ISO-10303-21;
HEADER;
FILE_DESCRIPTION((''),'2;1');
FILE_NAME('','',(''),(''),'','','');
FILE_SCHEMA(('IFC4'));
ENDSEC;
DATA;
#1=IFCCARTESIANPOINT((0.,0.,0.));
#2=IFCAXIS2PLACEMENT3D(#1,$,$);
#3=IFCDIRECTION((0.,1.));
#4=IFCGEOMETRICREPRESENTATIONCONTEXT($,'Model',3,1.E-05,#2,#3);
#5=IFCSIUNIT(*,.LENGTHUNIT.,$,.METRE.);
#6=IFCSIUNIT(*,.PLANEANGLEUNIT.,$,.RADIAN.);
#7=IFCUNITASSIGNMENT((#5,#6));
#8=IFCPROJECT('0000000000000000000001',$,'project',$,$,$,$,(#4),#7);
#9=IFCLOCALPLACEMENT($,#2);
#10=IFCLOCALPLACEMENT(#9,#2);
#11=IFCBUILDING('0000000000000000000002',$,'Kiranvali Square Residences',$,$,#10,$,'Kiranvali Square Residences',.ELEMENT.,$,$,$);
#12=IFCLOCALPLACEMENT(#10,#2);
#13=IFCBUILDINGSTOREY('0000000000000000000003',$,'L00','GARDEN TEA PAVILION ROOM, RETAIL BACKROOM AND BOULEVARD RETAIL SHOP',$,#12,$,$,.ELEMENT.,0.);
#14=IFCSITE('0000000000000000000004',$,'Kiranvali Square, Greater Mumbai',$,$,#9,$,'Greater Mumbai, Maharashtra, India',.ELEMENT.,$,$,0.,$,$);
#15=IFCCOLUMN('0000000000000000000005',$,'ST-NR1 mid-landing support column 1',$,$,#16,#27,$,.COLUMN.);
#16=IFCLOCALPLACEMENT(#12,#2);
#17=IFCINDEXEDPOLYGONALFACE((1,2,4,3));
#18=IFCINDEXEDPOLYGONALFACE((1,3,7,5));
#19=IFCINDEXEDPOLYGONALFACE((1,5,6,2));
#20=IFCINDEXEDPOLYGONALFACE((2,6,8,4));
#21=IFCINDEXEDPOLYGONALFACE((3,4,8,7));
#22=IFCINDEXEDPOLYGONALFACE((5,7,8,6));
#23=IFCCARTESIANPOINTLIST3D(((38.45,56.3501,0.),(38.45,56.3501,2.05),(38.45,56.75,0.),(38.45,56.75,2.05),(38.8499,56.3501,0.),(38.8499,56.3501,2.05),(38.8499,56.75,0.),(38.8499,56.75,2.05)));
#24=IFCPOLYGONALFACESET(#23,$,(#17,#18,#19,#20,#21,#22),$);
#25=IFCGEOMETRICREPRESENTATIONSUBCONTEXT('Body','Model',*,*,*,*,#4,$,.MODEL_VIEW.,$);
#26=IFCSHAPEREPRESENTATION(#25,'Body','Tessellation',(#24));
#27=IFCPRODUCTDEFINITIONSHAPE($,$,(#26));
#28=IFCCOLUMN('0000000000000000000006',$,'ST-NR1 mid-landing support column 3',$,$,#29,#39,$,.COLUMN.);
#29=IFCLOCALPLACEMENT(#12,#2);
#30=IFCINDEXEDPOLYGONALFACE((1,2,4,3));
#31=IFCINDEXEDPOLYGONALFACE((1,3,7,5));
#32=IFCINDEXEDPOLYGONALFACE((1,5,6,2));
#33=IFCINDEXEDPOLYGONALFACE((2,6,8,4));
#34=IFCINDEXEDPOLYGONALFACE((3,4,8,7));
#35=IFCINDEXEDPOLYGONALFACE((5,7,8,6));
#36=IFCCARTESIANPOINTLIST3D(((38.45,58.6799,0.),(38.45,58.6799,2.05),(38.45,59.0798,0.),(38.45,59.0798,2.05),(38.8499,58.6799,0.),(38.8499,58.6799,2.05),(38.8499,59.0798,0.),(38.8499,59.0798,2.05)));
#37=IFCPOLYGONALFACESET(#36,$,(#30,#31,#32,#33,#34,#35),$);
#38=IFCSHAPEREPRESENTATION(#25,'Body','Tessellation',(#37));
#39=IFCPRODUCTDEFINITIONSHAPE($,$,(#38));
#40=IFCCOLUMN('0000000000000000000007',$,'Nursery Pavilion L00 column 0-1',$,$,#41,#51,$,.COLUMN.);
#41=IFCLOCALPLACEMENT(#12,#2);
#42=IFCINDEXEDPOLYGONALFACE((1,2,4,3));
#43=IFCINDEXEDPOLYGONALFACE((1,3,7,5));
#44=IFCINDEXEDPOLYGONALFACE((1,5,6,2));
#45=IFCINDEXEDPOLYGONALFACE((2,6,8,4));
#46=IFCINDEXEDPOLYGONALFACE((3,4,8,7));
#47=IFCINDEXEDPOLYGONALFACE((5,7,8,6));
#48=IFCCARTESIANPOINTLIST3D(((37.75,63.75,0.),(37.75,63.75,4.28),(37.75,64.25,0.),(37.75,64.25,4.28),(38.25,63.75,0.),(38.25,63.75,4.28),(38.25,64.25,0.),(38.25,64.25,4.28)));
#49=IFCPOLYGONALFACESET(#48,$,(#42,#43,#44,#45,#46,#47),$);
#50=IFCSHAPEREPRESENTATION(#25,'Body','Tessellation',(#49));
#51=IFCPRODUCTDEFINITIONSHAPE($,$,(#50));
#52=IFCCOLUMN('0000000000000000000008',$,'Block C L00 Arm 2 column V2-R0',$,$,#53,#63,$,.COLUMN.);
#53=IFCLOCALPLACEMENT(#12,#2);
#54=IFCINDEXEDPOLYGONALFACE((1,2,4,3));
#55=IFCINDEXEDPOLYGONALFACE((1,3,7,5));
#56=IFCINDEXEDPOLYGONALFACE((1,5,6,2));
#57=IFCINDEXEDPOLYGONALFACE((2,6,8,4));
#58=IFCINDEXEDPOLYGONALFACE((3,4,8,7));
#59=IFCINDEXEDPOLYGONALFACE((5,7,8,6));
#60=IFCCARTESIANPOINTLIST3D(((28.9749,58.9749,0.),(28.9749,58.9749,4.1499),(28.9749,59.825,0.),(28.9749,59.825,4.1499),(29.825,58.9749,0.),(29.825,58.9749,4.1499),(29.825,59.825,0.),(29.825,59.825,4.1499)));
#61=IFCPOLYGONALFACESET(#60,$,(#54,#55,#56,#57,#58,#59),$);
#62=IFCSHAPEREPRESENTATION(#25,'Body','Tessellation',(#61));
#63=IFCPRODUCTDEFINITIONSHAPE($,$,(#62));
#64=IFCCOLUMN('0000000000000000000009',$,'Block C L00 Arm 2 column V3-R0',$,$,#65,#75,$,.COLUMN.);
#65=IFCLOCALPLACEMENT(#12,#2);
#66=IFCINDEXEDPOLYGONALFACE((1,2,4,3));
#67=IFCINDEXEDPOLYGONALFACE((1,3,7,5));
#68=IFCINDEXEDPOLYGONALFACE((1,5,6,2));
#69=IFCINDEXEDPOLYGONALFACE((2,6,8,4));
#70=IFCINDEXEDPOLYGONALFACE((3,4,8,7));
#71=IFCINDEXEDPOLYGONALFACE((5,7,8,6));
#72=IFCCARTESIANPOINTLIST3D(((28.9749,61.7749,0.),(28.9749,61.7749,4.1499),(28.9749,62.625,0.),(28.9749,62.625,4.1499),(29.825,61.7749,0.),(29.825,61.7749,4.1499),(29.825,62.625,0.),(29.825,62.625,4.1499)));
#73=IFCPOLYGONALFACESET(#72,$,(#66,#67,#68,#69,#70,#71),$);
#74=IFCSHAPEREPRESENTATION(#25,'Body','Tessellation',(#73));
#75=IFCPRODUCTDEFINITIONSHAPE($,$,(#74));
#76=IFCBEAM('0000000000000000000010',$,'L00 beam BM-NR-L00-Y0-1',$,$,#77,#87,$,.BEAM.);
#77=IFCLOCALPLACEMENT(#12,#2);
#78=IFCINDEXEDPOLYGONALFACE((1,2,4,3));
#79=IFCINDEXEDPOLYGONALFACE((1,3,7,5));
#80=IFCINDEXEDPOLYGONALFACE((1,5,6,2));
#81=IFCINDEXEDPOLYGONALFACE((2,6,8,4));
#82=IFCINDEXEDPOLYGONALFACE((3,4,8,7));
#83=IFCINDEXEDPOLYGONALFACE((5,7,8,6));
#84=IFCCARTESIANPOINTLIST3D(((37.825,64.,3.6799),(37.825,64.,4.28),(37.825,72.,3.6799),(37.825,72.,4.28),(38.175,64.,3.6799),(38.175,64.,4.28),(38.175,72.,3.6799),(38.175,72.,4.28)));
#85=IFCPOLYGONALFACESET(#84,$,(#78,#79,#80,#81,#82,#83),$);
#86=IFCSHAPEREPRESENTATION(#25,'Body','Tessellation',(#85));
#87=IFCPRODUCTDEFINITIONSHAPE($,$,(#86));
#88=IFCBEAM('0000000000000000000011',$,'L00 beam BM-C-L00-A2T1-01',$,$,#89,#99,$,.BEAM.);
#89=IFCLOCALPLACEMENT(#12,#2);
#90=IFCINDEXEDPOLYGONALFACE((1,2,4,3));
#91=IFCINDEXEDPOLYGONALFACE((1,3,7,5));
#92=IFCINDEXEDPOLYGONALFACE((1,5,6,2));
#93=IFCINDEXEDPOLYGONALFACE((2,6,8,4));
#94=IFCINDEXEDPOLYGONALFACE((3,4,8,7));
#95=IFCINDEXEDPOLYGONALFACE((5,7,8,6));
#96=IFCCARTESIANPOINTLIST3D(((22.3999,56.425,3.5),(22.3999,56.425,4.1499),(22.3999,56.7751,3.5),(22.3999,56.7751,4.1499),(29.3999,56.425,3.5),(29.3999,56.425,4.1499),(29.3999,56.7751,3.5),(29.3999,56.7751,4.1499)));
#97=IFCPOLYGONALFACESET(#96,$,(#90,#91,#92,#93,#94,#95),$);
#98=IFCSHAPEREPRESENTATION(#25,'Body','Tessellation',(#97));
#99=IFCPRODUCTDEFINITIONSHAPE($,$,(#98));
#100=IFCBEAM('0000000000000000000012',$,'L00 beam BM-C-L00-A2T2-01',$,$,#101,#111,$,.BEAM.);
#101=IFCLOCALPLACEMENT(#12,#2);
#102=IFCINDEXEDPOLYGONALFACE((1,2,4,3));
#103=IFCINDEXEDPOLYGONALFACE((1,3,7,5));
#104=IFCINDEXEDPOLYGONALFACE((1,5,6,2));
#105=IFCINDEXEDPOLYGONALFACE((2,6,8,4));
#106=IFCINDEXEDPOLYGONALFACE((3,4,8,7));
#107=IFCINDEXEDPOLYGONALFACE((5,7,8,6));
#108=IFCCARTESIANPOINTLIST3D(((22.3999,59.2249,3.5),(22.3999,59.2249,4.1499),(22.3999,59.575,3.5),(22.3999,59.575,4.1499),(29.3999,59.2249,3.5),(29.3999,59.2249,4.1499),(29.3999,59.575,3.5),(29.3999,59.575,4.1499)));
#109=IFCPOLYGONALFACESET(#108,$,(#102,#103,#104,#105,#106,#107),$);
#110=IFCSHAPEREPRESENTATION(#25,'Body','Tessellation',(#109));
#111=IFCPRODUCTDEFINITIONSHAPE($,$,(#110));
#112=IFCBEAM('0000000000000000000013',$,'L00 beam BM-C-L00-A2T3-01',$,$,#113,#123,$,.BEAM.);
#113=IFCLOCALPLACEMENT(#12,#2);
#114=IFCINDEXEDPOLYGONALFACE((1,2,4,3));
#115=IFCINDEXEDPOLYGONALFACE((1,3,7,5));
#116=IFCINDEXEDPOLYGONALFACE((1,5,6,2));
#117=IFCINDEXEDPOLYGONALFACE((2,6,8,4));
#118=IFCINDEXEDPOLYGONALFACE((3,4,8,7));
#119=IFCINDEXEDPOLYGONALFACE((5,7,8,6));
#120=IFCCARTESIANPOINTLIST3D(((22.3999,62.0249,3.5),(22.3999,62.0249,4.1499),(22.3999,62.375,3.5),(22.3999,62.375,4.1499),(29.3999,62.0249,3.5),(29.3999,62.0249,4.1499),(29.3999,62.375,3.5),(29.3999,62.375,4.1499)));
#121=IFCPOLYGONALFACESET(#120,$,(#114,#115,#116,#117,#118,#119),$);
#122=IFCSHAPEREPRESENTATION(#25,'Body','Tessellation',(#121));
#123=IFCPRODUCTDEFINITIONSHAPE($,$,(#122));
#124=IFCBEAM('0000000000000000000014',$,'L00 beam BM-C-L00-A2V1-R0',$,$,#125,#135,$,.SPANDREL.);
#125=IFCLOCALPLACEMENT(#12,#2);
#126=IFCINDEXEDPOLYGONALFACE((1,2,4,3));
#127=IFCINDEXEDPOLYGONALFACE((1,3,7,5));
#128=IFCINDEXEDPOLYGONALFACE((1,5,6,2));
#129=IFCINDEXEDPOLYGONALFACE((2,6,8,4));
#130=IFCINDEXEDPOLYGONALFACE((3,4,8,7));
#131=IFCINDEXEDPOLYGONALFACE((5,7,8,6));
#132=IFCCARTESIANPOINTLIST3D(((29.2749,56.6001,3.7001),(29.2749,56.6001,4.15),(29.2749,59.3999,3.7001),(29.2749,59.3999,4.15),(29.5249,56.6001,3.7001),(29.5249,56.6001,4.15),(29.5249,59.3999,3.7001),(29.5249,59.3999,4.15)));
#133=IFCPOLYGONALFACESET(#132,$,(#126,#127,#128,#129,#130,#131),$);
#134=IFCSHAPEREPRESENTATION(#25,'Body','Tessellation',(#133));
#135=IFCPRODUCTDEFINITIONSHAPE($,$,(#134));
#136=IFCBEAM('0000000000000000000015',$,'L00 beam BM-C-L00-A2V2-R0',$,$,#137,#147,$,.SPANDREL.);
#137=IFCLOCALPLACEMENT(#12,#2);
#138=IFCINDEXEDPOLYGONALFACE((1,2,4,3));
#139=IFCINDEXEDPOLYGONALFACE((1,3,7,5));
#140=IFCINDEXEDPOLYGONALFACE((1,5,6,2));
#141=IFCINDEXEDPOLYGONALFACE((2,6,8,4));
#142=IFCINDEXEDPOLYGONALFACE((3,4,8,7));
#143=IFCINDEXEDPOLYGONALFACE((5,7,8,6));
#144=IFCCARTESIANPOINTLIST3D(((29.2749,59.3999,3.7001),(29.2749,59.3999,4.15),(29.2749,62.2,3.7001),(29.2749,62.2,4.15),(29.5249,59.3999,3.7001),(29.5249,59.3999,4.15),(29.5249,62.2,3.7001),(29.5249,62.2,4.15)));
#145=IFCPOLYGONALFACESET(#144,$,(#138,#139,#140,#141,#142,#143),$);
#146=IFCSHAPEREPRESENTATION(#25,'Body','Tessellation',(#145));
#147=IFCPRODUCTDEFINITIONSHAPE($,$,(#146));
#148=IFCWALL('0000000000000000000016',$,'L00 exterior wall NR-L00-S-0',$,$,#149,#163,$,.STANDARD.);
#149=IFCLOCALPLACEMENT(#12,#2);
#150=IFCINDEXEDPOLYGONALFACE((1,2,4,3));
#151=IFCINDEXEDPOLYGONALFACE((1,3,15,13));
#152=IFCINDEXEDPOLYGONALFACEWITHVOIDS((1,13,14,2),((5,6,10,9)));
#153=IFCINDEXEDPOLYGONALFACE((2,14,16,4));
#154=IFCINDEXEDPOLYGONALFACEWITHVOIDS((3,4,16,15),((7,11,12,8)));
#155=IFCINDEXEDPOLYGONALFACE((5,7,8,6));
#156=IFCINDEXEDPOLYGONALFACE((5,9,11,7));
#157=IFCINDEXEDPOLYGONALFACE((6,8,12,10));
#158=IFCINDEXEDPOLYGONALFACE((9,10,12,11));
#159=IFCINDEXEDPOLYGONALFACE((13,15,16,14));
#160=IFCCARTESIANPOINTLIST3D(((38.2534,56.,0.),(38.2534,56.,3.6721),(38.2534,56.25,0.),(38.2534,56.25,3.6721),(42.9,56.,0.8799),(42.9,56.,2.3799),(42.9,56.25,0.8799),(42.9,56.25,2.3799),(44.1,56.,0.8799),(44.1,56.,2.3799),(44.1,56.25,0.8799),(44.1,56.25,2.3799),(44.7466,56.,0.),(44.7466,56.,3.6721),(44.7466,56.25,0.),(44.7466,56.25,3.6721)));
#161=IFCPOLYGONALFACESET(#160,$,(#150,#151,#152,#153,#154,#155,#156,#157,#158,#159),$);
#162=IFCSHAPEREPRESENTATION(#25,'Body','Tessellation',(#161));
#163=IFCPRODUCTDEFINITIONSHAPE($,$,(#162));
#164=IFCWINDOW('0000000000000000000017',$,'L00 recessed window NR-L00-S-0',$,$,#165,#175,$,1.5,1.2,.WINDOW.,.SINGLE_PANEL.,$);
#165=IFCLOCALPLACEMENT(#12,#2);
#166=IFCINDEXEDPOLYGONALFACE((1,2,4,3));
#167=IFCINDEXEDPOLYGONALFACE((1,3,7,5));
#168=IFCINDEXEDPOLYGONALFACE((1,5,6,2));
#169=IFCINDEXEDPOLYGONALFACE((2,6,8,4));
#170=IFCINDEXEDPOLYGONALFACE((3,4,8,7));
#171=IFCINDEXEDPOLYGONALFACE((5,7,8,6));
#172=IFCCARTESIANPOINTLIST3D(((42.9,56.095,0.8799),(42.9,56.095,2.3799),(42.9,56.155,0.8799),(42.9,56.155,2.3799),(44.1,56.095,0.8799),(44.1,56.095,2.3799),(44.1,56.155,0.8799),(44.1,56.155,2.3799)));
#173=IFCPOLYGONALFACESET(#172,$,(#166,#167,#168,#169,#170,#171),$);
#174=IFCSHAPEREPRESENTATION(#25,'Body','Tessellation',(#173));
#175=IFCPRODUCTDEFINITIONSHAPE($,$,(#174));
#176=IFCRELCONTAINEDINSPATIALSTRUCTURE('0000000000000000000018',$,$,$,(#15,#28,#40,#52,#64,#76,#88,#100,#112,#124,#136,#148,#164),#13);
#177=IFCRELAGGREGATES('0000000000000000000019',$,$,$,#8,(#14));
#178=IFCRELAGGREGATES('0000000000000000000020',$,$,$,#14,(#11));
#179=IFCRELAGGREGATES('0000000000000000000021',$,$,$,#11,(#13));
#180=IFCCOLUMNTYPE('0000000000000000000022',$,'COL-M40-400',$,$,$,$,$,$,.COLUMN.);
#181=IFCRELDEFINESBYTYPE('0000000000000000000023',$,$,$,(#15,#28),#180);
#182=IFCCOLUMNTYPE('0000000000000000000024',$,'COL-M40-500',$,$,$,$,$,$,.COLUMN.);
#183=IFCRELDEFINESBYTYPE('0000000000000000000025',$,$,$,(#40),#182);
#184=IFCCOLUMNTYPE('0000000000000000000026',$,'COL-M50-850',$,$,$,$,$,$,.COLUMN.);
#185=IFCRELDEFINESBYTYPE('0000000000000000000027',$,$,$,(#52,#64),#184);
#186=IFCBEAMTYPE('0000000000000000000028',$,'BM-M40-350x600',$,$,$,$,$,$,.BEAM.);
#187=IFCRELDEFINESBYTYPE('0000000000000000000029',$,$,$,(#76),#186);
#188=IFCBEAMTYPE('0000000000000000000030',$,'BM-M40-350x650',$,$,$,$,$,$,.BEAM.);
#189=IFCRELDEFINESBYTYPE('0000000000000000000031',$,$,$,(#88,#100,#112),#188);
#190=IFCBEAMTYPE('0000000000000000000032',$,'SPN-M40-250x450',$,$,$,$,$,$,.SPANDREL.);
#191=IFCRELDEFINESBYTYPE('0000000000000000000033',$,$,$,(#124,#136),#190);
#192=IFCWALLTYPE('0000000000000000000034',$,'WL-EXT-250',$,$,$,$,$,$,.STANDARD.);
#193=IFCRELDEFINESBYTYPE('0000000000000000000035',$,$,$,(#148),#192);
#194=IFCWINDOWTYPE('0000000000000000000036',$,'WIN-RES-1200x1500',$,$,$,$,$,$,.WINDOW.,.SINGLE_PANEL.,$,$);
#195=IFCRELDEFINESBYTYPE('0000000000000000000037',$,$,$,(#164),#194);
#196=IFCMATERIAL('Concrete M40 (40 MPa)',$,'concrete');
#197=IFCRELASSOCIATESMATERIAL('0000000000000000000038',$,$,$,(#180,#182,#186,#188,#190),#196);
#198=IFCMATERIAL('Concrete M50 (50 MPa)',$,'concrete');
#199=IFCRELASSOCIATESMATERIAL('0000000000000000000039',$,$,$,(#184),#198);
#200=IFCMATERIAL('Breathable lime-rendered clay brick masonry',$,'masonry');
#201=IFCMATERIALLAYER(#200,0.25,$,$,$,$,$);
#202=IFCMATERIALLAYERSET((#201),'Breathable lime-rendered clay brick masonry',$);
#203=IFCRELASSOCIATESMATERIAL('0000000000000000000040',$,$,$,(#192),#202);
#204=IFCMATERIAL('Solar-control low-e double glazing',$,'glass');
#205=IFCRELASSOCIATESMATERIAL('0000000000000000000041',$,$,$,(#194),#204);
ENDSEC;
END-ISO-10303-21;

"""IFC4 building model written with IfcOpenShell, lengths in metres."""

from ifc_helpers import new_model, si_unit, direction, frame, frame_2d, origin, origin_2d, place, context, subcontext, project, spatial, rectangle, extrude, material, layer, layer_set, material_profile, profile_set, type_object, element, fill, save


model = new_model("IFC4")

# Units and contexts
model_context = context("Model", 3, precision=1e-05, world=origin(), true_north=direction((0.0, 1.0)))
body_context = subcontext(model_context, "Body", "Model", "MODEL_VIEW")
ifc_project = project(units=[si_unit("LENGTHUNIT", "METRE"), si_unit("PLANEANGLEUNIT", "RADIAN")], contexts=[model_context])

# Site, building, storey
site_placement = place(None, origin())
site = spatial("IfcSite", under=ifc_project, at=site_placement, Name="Kiranvali Square, Greater Mumbai", LongName="Greater Mumbai, Maharashtra, India", CompositionType="ELEMENT", RefElevation=0.0)
building_placement = place(site_placement, origin())
building = spatial("IfcBuilding", under=site, at=building_placement, Name="Kiranvali Square Residences", LongName="Kiranvali Square Residences", CompositionType="ELEMENT")
storey_placement = place(building_placement, origin())
storey = spatial("IfcBuildingStorey", under=building, at=storey_placement, Name="L00", Description="GARDEN TEA PAVILION ROOM, RETAIL BACKROOM AND BOULEVARD RETAIL SHOP", CompositionType="ELEMENT", Elevation=0.0)

# Columns
ifc_material_1 = material(Name="Concrete M40 (40 MPa)", Category="concrete")
ifc_material_profile_1 = material_profile(ifc_material_1, rectangle(XDim=0.3999, YDim=0.3999, at=origin_2d()), Name="RC 400x400")
ifc_profile_set_1 = profile_set([ifc_material_profile_1], Name="Concrete M40 (40 MPa)")
column_type_1 = type_object("IfcColumnType", Name="COL-M40-400", PredefinedType="COLUMN", material=ifc_profile_set_1)
for number, where, z_axis, x_axis, name in (
    (1, (38.6499, 56.55, 0.0), (0.0, 0.0, 1.0), (1.0, 0.0, 0.0), "ST-NR1 mid-landing support column 1"),
    (2, (38.6499, 58.8799, 0.0), (0.0, 0.0, 1.0), (1.0, 0.0, 0.0), "ST-NR1 mid-landing support column 3"),
):
    element("IfcColumn", number, at=place(storey_placement, frame(where, z_axis=z_axis, x_axis=x_axis)), inside=storey, type_object=column_type_1, Name=name, PredefinedType="COLUMN", context=body_context, shape_type="SweptSolid", body=[
        extrude(rectangle(XDim=0.3999, YDim=0.3999, at=origin_2d()), origin(), (0.0, 0.0, 1.0), 2.05),
    ])
ifc_material_profile_2 = material_profile(ifc_material_1, rectangle(XDim=0.5, YDim=0.5, at=origin_2d()), Name="RC 500x500")
ifc_profile_set_2 = profile_set([ifc_material_profile_2], Name="Concrete M40 (40 MPa)")
column_type_2 = type_object("IfcColumnType", Name="COL-M40-500", PredefinedType="COLUMN", material=ifc_profile_set_2)
column_placement = place(storey_placement, frame((38.0, 64.0, 0.0), z_axis=(0.0, 0.0, 1.0), x_axis=(1.0, 0.0, 0.0)))
element("IfcColumn", 3, at=column_placement, inside=storey, type_object=column_type_2, Name="Nursery Pavilion L00 column 0-1", PredefinedType="COLUMN", context=body_context, shape_type="SweptSolid", body=[
    extrude(rectangle(XDim=0.5, YDim=0.5, at=origin_2d()), origin(), (0.0, 0.0, 1.0), 4.28),
])
ifc_material_2 = material(Name="Concrete M50 (50 MPa)", Category="concrete")
ifc_material_profile_3 = material_profile(ifc_material_2, rectangle(XDim=0.8501, YDim=0.8501, at=origin_2d()), Name="RC 850x850")
ifc_profile_set_3 = profile_set([ifc_material_profile_3], Name="Concrete M50 (50 MPa)")
column_type_3 = type_object("IfcColumnType", Name="COL-M50-850", PredefinedType="COLUMN", material=ifc_profile_set_3)
for number, where, z_axis, x_axis, name in (
    (4, (29.3999, 59.3999, 0.0), (0.0, 0.0, 1.0), (1.0, 0.0, 0.0), "Block C L00 Arm 2 column V2-R0"),
    (5, (29.3999, 62.2, 0.0), (0.0, 0.0, 1.0), (1.0, 0.0, 0.0), "Block C L00 Arm 2 column V3-R0"),
):
    element("IfcColumn", number, at=place(storey_placement, frame(where, z_axis=z_axis, x_axis=x_axis)), inside=storey, type_object=column_type_3, Name=name, PredefinedType="COLUMN", context=body_context, shape_type="SweptSolid", body=[
        extrude(rectangle(XDim=0.8501, YDim=0.8501, at=origin_2d()), origin(), (0.0, 0.0, 1.0), 4.1499),
    ])

# Beams
ifc_material_profile_4 = material_profile(ifc_material_1, rectangle(XDim=0.3501, YDim=0.6001, at=origin_2d()), Name="RC 350x600")
ifc_profile_set_4 = profile_set([ifc_material_profile_4], Name="Concrete M40 (40 MPa)")
beam_type_1 = type_object("IfcBeamType", Name="BM-M40-350x600", PredefinedType="BEAM", material=ifc_profile_set_4)
beam_1_placement = place(storey_placement, frame((38.0, 64.0, 3.98), z_axis=(0.0, 1.0, 0.0), x_axis=(-1.0, 0.0, 0.0)))
element("IfcBeam", 6, at=beam_1_placement, inside=storey, type_object=beam_type_1, Name="L00 beam BM-NR-L00-Y0-1", PredefinedType="BEAM", context=body_context, shape_type="SweptSolid", body=[
    extrude(rectangle(XDim=0.3501, YDim=0.6001, at=origin_2d()), origin(), (0.0, 0.0, 1.0), 8.0),
])
ifc_material_profile_5 = material_profile(ifc_material_1, rectangle(XDim=0.3501, YDim=0.6499, at=origin_2d()), Name="RC 350x650")
ifc_profile_set_5 = profile_set([ifc_material_profile_5], Name="Concrete M40 (40 MPa)")
beam_type_2 = type_object("IfcBeamType", Name="BM-M40-350x650", PredefinedType="BEAM", material=ifc_profile_set_5)
for number, where, z_axis, x_axis, name in (
    (7, (29.3999, 56.6001, 3.825), (-1.0, 0.0, 0.0), (0.0, -1.0, 0.0), "L00 beam BM-C-L00-A2T1-01"),
    (8, (29.3999, 59.3999, 3.825), (-1.0, 0.0, 0.0), (0.0, -1.0, 0.0), "L00 beam BM-C-L00-A2T2-01"),
    (9, (29.3999, 62.2, 3.825), (-1.0, 0.0, 0.0), (0.0, -1.0, 0.0), "L00 beam BM-C-L00-A2T3-01"),
):
    element("IfcBeam", number, at=place(storey_placement, frame(where, z_axis=z_axis, x_axis=x_axis)), inside=storey, type_object=beam_type_2, Name=name, PredefinedType="BEAM", context=body_context, shape_type="SweptSolid", body=[
        extrude(rectangle(XDim=0.3501, YDim=0.6499, at=origin_2d()), origin(), (0.0, 0.0, 1.0), 7.0),
    ])
ifc_material_profile_6 = material_profile(ifc_material_1, rectangle(XDim=0.25, YDim=0.45, at=origin_2d()), Name="RC 250x450")
ifc_profile_set_6 = profile_set([ifc_material_profile_6], Name="Concrete M40 (40 MPa)")
beam_type_3 = type_object("IfcBeamType", Name="SPN-M40-250x450", PredefinedType="SPANDREL", material=ifc_profile_set_6)
beam_2_placement = place(storey_placement, frame((29.3999, 56.6001, 3.925), z_axis=(0.0, 1.0, 0.0), x_axis=(-1.0, 0.0, 0.0)))
element("IfcBeam", 10, at=beam_2_placement, inside=storey, type_object=beam_type_3, Name="L00 beam BM-C-L00-A2V1-R0", PredefinedType="SPANDREL", context=body_context, shape_type="SweptSolid", body=[
    extrude(rectangle(XDim=0.25, YDim=0.45, at=origin_2d()), origin(), (0.0, 0.0, 1.0), 2.7998),
])
beam_3_placement = place(storey_placement, frame((29.3999, 59.3999, 3.925), z_axis=(0.0, 1.0, 0.0), x_axis=(-1.0, 0.0, 0.0)))
element("IfcBeam", 11, at=beam_3_placement, inside=storey, type_object=beam_type_3, Name="L00 beam BM-C-L00-A2V2-R0", PredefinedType="SPANDREL", context=body_context, shape_type="SweptSolid", body=[
    extrude(rectangle(XDim=0.25, YDim=0.45, at=origin_2d()), origin(), (0.0, 0.0, 1.0), 2.8),
])

# Wall, opening, window
ifc_material_3 = material(Name="Breathable lime-rendered clay brick masonry", Category="masonry")
ifc_layer_1 = layer(ifc_material_3, 0.25)
ifc_layer_set_1 = layer_set([ifc_layer_1], Name="Breathable lime-rendered clay brick masonry")
wall_type_1 = type_object("IfcWallType", Name="WL-EXT-250", PredefinedType="STANDARD", material=ifc_layer_set_1)
wall_1_placement = place(storey_placement, frame((38.2534, 56.125, 0.0), z_axis=(0.0, 0.0, 1.0), x_axis=(1.0, 0.0, 0.0)))
wall_1 = element("IfcWall", 12, at=wall_1_placement, inside=storey, type_object=wall_type_1, Name="L00 exterior wall NR-L00-S-0", PredefinedType="STANDARD", context=body_context, shape_type="SweptSolid", body=[
    extrude(rectangle(XDim=6.4932, YDim=0.25, at=frame_2d((3.2466, 0.0))), origin(), (0.0, 0.0, 1.0), 3.6721),
])
opening_1_placement = place(wall_1_placement, frame((4.6465, 0.0, 0.8799)))
opening_1 = element("IfcOpeningElement", 13, at=opening_1_placement, cuts=wall_1, PredefinedType="OPENING", context=body_context, shape_type="SweptSolid", body=[
    extrude(rectangle(XDim=1.2, YDim=1.5, at=frame_2d((0.6001, 0.75))), frame((0.0, 0.135, 0.0), z_axis=(0.0, -1.0, 0.0), x_axis=(1.0, 0.0, 0.0)), (0.0, 0.0, 1.0), 0.27),
])
ifc_material_4 = material(Name="Solar-control low-e double glazing", Category="glass")
window_type_1 = type_object("IfcWindowType", Name="WIN-RES-1200x1500", PartitioningType="SINGLE_PANEL", PredefinedType="WINDOW", material=ifc_material_4)
window_1_placement = place(opening_1_placement, origin())
window_1 = element("IfcWindow", 14, at=window_1_placement, inside=storey, type_object=window_type_1, Name="L00 recessed window NR-L00-S-0", OverallHeight=1.5, OverallWidth=1.2, PartitioningType="SINGLE_PANEL", PredefinedType="WINDOW", context=body_context, shape_type="SweptSolid", body=[
    extrude(rectangle(XDim=1.2, YDim=1.5, at=frame_2d((0.6001, 0.75))), frame((0.0, 0.03, 0.0), z_axis=(0.0, -1.0, 0.0), x_axis=(1.0, 0.0, 0.0)), (0.0, 0.0, 1.0), 0.0601),
])
fill(opening_1, window_1)

save(model, "model.ifc")
